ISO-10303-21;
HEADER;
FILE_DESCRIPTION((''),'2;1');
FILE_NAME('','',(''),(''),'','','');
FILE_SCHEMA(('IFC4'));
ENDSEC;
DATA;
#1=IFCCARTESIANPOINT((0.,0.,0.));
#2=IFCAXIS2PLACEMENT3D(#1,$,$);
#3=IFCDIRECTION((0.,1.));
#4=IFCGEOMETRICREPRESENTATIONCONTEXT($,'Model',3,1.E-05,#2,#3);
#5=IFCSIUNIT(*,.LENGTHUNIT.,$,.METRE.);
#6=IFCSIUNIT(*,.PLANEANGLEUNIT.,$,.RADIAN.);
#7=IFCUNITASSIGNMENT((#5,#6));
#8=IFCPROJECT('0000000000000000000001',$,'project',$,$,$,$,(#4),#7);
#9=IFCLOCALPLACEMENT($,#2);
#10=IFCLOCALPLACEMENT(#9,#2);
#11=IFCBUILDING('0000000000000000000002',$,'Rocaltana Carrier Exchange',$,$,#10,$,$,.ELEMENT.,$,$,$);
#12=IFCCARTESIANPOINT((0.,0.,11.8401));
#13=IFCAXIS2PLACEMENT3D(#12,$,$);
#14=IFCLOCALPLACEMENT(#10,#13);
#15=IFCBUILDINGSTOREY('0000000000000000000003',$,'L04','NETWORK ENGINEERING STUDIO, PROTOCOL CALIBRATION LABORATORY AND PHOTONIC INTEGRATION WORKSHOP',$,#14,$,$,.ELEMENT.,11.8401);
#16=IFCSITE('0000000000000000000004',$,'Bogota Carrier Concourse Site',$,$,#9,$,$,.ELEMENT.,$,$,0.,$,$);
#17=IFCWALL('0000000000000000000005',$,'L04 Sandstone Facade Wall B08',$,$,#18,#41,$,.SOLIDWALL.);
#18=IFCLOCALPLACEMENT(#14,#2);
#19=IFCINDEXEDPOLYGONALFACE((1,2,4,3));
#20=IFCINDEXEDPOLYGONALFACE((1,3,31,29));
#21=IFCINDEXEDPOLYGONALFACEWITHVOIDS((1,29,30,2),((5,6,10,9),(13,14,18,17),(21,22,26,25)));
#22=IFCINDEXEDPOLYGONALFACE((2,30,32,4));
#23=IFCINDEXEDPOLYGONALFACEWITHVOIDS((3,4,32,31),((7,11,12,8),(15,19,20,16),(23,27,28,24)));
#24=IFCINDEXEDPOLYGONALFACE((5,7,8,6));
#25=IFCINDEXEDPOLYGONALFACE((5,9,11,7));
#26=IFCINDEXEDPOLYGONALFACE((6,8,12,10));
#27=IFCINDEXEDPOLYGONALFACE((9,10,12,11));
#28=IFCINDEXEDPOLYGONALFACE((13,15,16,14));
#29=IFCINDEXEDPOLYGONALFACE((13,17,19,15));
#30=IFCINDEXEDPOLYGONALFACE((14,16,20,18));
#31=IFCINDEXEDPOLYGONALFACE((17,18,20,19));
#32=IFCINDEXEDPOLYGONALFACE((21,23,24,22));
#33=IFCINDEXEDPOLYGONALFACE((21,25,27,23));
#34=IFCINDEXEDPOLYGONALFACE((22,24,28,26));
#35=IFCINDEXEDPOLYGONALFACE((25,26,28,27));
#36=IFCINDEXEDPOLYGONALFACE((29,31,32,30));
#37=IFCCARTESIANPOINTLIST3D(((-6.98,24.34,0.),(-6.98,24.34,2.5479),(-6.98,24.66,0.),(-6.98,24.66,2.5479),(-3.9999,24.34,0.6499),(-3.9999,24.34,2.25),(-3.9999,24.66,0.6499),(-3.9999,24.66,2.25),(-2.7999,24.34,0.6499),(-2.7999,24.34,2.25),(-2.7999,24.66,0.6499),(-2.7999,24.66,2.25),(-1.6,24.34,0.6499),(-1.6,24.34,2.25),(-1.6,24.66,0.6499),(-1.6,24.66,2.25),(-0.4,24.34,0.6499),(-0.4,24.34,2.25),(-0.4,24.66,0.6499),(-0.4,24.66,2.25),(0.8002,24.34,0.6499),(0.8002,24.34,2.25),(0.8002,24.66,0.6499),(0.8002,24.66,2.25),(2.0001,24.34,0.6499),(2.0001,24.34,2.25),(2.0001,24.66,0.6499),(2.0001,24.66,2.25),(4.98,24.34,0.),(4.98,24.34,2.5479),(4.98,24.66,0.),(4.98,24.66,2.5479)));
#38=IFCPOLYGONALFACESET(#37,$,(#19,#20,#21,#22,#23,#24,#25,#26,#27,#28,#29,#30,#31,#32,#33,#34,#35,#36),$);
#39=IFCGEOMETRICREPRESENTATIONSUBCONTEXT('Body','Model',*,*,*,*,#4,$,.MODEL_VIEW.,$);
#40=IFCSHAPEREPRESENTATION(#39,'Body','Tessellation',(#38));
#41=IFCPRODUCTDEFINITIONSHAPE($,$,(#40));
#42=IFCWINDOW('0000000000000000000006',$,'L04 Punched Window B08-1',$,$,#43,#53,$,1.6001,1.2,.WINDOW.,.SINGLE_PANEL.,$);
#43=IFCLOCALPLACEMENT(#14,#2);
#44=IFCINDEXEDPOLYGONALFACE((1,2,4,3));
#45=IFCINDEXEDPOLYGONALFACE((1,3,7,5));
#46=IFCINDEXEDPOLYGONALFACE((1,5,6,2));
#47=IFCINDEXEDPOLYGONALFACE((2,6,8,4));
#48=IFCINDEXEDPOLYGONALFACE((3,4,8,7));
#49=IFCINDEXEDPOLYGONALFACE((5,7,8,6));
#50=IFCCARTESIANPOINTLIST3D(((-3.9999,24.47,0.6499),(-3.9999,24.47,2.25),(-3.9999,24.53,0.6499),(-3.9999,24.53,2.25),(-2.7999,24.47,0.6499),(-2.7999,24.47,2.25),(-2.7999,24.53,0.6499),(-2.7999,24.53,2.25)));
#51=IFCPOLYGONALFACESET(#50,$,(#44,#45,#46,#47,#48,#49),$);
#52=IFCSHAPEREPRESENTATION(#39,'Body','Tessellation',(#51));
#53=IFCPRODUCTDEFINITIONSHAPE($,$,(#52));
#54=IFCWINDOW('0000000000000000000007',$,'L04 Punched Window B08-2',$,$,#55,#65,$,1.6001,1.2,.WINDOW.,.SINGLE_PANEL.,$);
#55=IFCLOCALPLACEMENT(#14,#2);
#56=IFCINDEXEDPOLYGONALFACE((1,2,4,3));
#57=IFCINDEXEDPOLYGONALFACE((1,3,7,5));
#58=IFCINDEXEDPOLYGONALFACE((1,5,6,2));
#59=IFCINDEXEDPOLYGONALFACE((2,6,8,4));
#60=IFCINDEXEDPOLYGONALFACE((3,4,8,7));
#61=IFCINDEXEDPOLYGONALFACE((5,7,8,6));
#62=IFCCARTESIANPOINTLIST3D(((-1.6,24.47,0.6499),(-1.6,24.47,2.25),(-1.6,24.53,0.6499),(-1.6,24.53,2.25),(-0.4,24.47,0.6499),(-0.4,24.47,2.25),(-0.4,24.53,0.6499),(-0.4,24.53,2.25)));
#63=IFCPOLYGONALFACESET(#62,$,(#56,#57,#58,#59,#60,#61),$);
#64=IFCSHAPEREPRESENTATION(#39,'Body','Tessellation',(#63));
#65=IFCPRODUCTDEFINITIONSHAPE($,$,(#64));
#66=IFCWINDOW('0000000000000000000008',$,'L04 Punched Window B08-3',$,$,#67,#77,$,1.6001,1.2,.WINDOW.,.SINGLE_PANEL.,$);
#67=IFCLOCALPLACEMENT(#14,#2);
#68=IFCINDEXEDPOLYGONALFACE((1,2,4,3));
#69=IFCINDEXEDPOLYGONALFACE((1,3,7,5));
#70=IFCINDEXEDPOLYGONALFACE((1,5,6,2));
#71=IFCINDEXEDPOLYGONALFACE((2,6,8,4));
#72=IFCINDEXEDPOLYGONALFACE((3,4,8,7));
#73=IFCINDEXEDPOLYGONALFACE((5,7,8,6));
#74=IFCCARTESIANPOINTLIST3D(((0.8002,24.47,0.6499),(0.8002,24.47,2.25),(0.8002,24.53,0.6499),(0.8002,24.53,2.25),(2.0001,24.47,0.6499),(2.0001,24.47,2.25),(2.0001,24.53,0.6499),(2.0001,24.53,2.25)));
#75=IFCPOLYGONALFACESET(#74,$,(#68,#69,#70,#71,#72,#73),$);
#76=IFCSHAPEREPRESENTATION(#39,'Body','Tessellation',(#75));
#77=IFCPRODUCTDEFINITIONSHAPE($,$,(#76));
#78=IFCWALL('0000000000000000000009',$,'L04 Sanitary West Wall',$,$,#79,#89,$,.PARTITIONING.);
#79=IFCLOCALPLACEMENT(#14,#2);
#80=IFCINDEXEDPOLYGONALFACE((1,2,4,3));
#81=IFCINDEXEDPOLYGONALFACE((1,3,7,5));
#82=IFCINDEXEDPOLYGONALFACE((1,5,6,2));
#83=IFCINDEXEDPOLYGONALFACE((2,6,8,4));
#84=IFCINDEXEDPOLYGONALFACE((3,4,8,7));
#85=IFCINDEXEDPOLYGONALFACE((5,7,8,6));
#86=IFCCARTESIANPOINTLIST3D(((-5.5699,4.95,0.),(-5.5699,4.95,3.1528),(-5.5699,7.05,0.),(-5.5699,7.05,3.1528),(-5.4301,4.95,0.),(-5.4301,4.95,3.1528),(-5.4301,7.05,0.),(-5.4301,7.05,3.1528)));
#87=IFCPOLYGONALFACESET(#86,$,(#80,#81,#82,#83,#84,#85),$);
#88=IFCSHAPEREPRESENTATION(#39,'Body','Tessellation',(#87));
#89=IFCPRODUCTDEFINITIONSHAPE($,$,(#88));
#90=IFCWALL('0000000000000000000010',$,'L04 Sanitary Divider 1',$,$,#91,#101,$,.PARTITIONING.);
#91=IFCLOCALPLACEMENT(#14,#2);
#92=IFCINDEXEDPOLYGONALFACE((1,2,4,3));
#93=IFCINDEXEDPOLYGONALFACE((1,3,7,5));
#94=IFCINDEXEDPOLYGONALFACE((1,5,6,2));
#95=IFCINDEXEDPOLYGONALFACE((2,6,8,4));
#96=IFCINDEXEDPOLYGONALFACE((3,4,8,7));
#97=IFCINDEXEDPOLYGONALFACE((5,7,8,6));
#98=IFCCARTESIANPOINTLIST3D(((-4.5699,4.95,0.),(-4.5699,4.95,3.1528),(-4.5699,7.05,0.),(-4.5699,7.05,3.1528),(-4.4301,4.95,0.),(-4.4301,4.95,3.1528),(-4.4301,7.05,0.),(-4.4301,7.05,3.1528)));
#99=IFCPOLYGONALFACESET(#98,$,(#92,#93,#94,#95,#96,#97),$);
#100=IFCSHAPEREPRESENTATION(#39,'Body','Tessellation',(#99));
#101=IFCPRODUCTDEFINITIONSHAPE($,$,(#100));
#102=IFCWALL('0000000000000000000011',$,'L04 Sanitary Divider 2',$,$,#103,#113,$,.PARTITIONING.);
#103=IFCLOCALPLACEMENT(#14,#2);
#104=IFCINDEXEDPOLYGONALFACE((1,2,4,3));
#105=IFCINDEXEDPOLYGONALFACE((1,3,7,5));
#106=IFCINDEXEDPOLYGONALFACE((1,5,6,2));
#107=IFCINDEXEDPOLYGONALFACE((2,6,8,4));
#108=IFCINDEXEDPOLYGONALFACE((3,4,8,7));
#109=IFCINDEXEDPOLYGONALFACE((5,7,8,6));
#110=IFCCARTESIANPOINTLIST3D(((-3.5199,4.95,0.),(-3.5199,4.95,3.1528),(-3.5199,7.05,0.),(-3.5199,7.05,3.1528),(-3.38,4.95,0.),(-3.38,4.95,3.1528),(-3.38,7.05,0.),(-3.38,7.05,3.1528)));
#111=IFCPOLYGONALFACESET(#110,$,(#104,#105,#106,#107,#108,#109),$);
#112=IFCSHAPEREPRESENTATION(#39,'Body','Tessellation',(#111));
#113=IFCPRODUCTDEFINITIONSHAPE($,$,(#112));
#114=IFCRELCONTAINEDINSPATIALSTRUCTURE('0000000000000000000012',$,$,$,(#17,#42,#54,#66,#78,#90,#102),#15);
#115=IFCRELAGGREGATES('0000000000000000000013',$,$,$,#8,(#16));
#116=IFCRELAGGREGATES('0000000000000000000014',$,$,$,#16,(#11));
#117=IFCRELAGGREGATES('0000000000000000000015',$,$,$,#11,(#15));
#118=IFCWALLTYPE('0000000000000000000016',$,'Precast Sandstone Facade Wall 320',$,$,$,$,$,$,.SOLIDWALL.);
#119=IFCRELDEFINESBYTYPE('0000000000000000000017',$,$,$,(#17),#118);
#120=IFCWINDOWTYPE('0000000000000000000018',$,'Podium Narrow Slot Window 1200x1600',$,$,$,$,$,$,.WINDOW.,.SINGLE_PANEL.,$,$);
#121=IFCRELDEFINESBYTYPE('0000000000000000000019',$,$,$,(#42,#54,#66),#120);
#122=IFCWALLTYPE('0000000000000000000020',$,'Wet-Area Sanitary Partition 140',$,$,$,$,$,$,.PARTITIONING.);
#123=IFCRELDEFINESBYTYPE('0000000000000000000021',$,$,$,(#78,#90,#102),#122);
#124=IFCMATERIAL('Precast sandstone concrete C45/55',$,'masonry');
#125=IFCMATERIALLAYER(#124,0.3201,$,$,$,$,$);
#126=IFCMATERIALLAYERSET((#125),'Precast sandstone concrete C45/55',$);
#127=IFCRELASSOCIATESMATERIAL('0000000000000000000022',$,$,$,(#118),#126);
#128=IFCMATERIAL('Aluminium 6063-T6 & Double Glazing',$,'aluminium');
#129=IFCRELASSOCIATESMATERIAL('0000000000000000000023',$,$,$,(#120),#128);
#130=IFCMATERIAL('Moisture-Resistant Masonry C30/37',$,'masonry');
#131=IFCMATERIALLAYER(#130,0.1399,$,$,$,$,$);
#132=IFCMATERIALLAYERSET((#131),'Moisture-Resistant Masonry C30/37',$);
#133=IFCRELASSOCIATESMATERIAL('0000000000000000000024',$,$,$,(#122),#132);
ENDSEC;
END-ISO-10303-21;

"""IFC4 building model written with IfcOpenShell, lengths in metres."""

from ifc_helpers import new_model, si_unit, direction, frame, frame_2d, origin, place, context, subcontext, project, spatial, rectangle, extrude, material, layer, layer_set, type_object, element, fill, save


model = new_model("IFC4")

# Units and contexts
model_context = context("Model", 3, precision=1e-05, world=origin(), true_north=direction((0.0, 1.0)))
body_context = subcontext(model_context, "Body", "Model", "MODEL_VIEW")
ifc_project = project(units=[si_unit("LENGTHUNIT", "METRE"), si_unit("PLANEANGLEUNIT", "RADIAN")], contexts=[model_context])

# Site, building, storey
site_placement = place(None, origin())
site = spatial("IfcSite", under=ifc_project, at=site_placement, Name="Bogota Carrier Concourse Site", CompositionType="ELEMENT", RefElevation=0.0)
building_placement = place(site_placement, origin())
building = spatial("IfcBuilding", under=site, at=building_placement, Name="Rocaltana Carrier Exchange", CompositionType="ELEMENT")
storey_placement = place(building_placement, frame((0.0, 0.0, 11.8401)))
storey = spatial("IfcBuildingStorey", under=building, at=storey_placement, Name="L04", Description="NETWORK ENGINEERING STUDIO, PROTOCOL CALIBRATION LABORATORY AND PHOTONIC INTEGRATION WORKSHOP", CompositionType="ELEMENT", Elevation=11.8401)

# Wall, openings, windows
ifc_material_1 = material(Name="Precast sandstone concrete C45/55", Category="masonry")
ifc_layer_1 = layer(ifc_material_1, 0.3201)
ifc_layer_set_1 = layer_set([ifc_layer_1], Name="Precast sandstone concrete C45/55")
wall_type_1 = type_object("IfcWallType", Name="Precast Sandstone Facade Wall 320", PredefinedType="SOLIDWALL", material=ifc_layer_set_1)
wall_1_placement = place(storey_placement, frame((-6.98, 24.5, 0.0), z_axis=(0.0, 0.0, 1.0), x_axis=(1.0, 0.0, 0.0)))
wall_1 = element("IfcWall", 1, at=wall_1_placement, inside=storey, type_object=wall_type_1, Name="L04 Sandstone Facade Wall B08", PredefinedType="SOLIDWALL", context=body_context, shape_type="SweptSolid", body=[
    extrude(rectangle(XDim=11.96, YDim=0.3201, at=frame_2d((5.98, 0.0))), origin(), (0.0, 0.0, 1.0), 2.5479),
])
opening_1_placement = place(wall_1_placement, frame((2.98, 0.0, 0.6499)))
opening_1 = element("IfcOpeningElement", 2, at=opening_1_placement, cuts=wall_1, PredefinedType="OPENING", context=body_context, shape_type="SweptSolid", body=[
    extrude(rectangle(XDim=1.2, YDim=1.6001, at=frame_2d((0.6001, 0.8))), frame((0.0, 0.1699, 0.0), z_axis=(0.0, -1.0, 0.0), x_axis=(1.0, 0.0, 0.0)), (0.0, 0.0, 1.0), 0.3401),
])
opening_2_placement = place(wall_1_placement, frame((5.3799, 0.0, 0.6499)))
opening_2 = element("IfcOpeningElement", 3, at=opening_2_placement, cuts=wall_1, PredefinedType="OPENING", context=body_context, shape_type="SweptSolid", body=[
    extrude(rectangle(XDim=1.2, YDim=1.6001, at=frame_2d((0.6001, 0.8))), frame((0.0, 0.1699, 0.0), z_axis=(0.0, -1.0, 0.0), x_axis=(1.0, 0.0, 0.0)), (0.0, 0.0, 1.0), 0.3401),
])
opening_3_placement = place(wall_1_placement, frame((7.78, 0.0, 0.6499)))
opening_3 = element("IfcOpeningElement", 4, at=opening_3_placement, cuts=wall_1, PredefinedType="OPENING", context=body_context, shape_type="SweptSolid", body=[
    extrude(rectangle(XDim=1.2, YDim=1.6001, at=frame_2d((0.6001, 0.8))), frame((0.0, 0.1699, 0.0), z_axis=(0.0, -1.0, 0.0), x_axis=(1.0, 0.0, 0.0)), (0.0, 0.0, 1.0), 0.3401),
])
ifc_material_2 = material(Name="Aluminium 6063-T6 & Double Glazing", Category="aluminium")
window_type = type_object("IfcWindowType", Name="Podium Narrow Slot Window 1200x1600", PartitioningType="SINGLE_PANEL", PredefinedType="WINDOW", material=ifc_material_2)
window_1_placement = place(opening_1_placement, origin())
window_1 = element("IfcWindow", 5, at=window_1_placement, inside=storey, type_object=window_type, Name="L04 Punched Window B08-1", OverallHeight=1.6001, OverallWidth=1.2, PartitioningType="SINGLE_PANEL", PredefinedType="WINDOW", context=body_context, shape_type="SweptSolid", body=[
    extrude(rectangle(XDim=1.2, YDim=1.6001, at=frame_2d((0.6001, 0.8))), frame((0.0, 0.03, 0.0), z_axis=(0.0, -1.0, 0.0), x_axis=(1.0, 0.0, 0.0)), (0.0, 0.0, 1.0), 0.0601),
])
fill(opening_1, window_1)
window_2_placement = place(opening_2_placement, origin())
window_2 = element("IfcWindow", 6, at=window_2_placement, inside=storey, type_object=window_type, Name="L04 Punched Window B08-2", OverallHeight=1.6001, OverallWidth=1.2, PartitioningType="SINGLE_PANEL", PredefinedType="WINDOW", context=body_context, shape_type="SweptSolid", body=[
    extrude(rectangle(XDim=1.2, YDim=1.6001, at=frame_2d((0.6001, 0.8))), frame((0.0, 0.03, 0.0), z_axis=(0.0, -1.0, 0.0), x_axis=(1.0, 0.0, 0.0)), (0.0, 0.0, 1.0), 0.0601),
])
fill(opening_2, window_2)
window_3_placement = place(opening_3_placement, origin())
window_3 = element("IfcWindow", 7, at=window_3_placement, inside=storey, type_object=window_type, Name="L04 Punched Window B08-3", OverallHeight=1.6001, OverallWidth=1.2, PartitioningType="SINGLE_PANEL", PredefinedType="WINDOW", context=body_context, shape_type="SweptSolid", body=[
    extrude(rectangle(XDim=1.2, YDim=1.6001, at=frame_2d((0.6001, 0.8))), frame((0.0, 0.03, 0.0), z_axis=(0.0, -1.0, 0.0), x_axis=(1.0, 0.0, 0.0)), (0.0, 0.0, 1.0), 0.0601),
])
fill(opening_3, window_3)

# Walls
ifc_material_3 = material(Name="Moisture-Resistant Masonry C30/37", Category="masonry")
ifc_layer_2 = layer(ifc_material_3, 0.1399)
ifc_layer_set_2 = layer_set([ifc_layer_2], Name="Moisture-Resistant Masonry C30/37")
wall_type_2 = type_object("IfcWallType", Name="Wet-Area Sanitary Partition 140", PredefinedType="PARTITIONING", material=ifc_layer_set_2)
for number, where, z_axis, x_axis, name in (
    (8, (-5.5, 4.95, 0.0), (0.0, 0.0, 1.0), (0.0, 1.0, 0.0), "L04 Sanitary West Wall"),
    (9, (-4.5, 4.95, 0.0), (0.0, 0.0, 1.0), (0.0, 1.0, 0.0), "L04 Sanitary Divider 1"),
    (10, (-3.45, 4.95, 0.0), (0.0, 0.0, 1.0), (0.0, 1.0, 0.0), "L04 Sanitary Divider 2"),
):
    element("IfcWall", number, at=place(storey_placement, frame(where, z_axis=z_axis, x_axis=x_axis)), inside=storey, type_object=wall_type_2, Name=name, PredefinedType="PARTITIONING", context=body_context, shape_type="SweptSolid", body=[
        extrude(rectangle(XDim=2.1001, YDim=0.1399, at=frame_2d((1.05, 0.0))), origin(), (0.0, 0.0, 1.0), 3.1528),
    ])

save(model, "model.ifc")
